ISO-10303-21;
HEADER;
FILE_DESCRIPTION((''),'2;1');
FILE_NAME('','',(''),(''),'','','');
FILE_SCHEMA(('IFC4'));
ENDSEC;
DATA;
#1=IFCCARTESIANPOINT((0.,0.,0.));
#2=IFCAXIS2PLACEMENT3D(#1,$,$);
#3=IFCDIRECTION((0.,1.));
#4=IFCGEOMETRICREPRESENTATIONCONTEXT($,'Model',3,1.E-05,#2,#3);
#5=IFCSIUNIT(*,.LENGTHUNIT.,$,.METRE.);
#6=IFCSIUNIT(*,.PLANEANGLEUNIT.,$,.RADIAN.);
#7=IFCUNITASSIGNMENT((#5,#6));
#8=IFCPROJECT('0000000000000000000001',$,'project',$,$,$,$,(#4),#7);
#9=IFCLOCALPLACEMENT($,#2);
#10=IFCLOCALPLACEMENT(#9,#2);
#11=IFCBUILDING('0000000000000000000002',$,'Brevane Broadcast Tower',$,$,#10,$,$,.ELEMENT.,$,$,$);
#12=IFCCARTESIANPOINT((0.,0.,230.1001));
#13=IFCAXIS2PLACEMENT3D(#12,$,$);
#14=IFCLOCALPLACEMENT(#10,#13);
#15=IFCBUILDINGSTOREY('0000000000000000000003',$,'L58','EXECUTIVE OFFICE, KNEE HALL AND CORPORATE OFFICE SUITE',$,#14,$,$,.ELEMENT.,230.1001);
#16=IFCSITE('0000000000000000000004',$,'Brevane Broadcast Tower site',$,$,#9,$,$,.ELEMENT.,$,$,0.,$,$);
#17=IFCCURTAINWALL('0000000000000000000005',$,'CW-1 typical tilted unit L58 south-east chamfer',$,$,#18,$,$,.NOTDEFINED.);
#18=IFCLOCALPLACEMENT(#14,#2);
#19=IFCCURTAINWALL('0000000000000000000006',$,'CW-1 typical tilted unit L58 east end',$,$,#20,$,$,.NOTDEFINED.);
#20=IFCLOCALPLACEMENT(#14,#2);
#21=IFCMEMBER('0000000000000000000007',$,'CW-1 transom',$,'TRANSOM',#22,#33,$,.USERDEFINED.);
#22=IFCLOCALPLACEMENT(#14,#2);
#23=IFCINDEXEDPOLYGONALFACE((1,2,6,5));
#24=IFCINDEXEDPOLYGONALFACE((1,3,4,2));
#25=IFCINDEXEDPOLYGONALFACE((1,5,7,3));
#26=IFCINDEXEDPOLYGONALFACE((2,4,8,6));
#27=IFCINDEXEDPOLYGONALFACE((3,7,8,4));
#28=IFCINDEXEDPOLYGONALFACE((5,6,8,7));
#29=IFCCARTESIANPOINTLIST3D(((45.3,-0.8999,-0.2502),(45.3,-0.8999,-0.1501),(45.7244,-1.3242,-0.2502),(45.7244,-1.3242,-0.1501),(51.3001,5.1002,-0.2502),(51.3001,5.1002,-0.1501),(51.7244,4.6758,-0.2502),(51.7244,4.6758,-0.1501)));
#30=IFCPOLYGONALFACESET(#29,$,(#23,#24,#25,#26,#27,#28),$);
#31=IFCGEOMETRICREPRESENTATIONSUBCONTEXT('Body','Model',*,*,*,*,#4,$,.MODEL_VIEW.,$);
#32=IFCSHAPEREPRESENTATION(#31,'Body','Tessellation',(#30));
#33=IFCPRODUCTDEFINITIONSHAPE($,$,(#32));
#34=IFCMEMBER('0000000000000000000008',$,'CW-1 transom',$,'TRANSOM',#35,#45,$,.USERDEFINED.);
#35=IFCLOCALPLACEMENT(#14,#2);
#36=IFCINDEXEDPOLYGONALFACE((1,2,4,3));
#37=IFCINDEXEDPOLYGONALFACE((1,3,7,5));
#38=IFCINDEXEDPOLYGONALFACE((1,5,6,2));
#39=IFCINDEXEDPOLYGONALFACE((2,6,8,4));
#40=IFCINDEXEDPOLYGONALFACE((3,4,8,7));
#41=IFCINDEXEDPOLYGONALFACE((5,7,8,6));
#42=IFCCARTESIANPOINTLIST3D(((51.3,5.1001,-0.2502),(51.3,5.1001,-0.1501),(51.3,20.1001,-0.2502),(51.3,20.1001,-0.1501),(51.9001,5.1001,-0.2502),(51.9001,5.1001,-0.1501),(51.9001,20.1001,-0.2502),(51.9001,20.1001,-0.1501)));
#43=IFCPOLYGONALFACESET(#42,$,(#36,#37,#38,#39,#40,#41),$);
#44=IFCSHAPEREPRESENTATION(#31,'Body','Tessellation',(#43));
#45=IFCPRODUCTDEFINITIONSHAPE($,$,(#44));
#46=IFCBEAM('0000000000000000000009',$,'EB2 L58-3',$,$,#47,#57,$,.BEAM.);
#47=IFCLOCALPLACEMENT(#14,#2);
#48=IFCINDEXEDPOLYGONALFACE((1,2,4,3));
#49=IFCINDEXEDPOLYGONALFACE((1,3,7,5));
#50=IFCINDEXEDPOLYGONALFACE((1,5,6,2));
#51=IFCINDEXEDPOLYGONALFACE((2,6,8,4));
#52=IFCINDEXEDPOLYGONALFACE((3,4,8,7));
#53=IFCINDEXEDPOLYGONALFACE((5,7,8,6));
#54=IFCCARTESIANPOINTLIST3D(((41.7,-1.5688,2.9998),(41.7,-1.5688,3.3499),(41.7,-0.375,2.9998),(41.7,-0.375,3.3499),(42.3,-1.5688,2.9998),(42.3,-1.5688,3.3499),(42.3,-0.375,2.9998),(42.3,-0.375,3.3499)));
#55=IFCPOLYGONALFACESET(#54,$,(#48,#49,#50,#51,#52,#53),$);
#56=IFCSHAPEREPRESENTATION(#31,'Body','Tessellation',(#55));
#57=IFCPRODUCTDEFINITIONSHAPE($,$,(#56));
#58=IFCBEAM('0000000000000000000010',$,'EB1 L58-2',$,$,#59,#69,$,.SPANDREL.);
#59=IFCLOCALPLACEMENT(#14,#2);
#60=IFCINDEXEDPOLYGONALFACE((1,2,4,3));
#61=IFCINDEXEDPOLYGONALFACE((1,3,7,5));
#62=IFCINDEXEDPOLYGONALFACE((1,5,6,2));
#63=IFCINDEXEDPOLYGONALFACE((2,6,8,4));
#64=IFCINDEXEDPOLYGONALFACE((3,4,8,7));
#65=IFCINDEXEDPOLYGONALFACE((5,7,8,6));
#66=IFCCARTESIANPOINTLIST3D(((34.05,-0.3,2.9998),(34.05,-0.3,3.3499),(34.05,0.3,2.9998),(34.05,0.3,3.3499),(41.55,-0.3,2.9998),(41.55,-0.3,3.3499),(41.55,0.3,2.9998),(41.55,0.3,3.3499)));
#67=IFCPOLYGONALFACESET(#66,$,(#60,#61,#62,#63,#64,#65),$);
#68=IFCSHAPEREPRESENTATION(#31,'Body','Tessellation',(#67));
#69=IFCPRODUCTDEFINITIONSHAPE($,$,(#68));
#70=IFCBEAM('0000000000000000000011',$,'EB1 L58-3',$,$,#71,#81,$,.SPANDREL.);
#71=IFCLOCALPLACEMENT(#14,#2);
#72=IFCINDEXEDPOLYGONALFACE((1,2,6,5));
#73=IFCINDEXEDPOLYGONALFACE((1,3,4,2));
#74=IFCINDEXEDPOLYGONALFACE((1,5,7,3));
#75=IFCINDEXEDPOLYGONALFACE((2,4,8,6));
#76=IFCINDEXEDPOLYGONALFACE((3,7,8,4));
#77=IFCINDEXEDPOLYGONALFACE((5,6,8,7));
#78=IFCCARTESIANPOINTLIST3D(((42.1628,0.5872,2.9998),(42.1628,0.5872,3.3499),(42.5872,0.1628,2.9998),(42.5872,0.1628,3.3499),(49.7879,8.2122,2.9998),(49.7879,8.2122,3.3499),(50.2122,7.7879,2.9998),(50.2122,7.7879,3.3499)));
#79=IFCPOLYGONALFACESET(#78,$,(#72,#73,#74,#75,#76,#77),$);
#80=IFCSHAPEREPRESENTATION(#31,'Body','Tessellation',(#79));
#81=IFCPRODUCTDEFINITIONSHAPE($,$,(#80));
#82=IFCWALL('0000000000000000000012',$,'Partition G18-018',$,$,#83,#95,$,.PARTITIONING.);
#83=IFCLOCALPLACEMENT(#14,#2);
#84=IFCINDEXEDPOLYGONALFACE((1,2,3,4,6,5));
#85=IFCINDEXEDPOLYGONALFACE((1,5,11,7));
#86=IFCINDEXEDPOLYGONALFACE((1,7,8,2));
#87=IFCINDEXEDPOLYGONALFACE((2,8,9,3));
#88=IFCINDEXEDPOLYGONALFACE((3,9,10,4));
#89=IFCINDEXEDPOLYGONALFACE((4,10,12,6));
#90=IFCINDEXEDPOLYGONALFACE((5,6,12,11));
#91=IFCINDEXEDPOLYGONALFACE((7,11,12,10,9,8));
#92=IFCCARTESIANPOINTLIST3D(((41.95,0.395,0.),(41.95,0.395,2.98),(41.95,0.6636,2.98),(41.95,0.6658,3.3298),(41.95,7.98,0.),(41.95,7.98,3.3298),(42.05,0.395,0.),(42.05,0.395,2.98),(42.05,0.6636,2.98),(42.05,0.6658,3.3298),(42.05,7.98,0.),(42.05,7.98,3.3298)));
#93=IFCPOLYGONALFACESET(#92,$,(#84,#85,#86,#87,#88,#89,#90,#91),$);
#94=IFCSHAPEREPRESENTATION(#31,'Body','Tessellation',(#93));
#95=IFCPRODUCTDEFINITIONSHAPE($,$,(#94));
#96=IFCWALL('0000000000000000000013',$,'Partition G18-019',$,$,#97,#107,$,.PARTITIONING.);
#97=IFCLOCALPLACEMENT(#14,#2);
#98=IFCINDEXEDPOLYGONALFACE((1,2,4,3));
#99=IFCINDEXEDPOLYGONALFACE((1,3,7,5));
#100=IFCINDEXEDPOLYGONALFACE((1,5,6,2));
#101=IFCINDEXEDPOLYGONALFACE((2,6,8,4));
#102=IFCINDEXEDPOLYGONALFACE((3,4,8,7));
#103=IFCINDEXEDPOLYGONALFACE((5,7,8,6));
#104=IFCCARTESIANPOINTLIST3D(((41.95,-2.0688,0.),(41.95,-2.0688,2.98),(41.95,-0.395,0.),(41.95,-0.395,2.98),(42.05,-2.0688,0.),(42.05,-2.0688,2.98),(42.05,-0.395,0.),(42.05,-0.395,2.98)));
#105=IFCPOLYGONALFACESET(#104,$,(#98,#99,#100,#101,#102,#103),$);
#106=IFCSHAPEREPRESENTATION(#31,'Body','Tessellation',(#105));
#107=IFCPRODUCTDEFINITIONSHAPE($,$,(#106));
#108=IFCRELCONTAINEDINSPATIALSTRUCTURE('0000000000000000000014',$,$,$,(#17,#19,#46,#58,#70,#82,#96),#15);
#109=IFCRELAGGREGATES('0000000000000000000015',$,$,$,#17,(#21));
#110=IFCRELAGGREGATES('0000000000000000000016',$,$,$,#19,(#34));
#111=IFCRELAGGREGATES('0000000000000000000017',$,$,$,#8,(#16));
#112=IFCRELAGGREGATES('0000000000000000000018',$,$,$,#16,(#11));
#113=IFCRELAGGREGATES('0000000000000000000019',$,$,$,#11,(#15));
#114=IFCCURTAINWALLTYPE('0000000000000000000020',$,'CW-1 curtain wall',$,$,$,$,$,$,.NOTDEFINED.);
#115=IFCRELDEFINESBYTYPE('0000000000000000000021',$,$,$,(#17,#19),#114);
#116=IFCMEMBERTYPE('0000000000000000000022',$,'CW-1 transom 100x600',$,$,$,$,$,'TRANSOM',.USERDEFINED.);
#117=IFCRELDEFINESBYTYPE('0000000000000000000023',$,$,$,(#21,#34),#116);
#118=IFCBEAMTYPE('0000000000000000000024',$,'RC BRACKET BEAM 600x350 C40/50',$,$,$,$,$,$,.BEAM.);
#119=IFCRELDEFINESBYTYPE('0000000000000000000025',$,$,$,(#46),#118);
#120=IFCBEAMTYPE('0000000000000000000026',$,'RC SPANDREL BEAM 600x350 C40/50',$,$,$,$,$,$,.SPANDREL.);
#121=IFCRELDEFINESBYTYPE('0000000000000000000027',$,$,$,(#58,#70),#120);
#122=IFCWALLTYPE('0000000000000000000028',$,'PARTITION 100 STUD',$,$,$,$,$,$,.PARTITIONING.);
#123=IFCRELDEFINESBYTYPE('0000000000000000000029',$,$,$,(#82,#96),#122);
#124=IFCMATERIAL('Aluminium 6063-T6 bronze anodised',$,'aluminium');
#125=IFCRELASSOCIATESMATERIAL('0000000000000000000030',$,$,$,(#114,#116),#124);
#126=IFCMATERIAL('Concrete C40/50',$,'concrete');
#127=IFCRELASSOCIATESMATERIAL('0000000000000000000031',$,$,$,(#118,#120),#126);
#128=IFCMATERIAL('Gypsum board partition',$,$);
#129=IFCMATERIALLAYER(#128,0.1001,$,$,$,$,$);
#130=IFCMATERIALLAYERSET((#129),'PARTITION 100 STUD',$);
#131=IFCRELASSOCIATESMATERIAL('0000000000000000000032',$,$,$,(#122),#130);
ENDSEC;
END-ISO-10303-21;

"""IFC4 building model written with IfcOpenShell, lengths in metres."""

from ifc_helpers import new_model, si_unit, direction, frame, frame_2d, origin, origin_2d, place, context, subcontext, project, spatial, polyline, rectangle, outline, extrude, material, layer, layer_set, material_profile, profile_set, type_object, element, aggregate, save


model = new_model("IFC4")

# Units and contexts
model_context = context("Model", 3, precision=1e-05, world=origin(), true_north=direction((0.0, 1.0)))
body_context = subcontext(model_context, "Body", "Model", "MODEL_VIEW")
ifc_project = project(units=[si_unit("LENGTHUNIT", "METRE"), si_unit("PLANEANGLEUNIT", "RADIAN")], contexts=[model_context])

# Site, building, storey
site_placement = place(None, origin())
site = spatial("IfcSite", under=ifc_project, at=site_placement, Name="Brevane Broadcast Tower site", CompositionType="ELEMENT", RefElevation=0.0)
building_placement = place(site_placement, origin())
building = spatial("IfcBuilding", under=site, at=building_placement, Name="Brevane Broadcast Tower", CompositionType="ELEMENT")
storey_placement = place(building_placement, frame((0.0, 0.0, 230.1001)))
storey = spatial("IfcBuildingStorey", under=building, at=storey_placement, Name="L58", Description="EXECUTIVE OFFICE, KNEE HALL AND CORPORATE OFFICE SUITE", CompositionType="ELEMENT", Elevation=230.1001)

# Curtain wall
ifc_material_1 = material(Name="Aluminium 6063-T6 bronze anodised", Category="aluminium")
curtain_wall_type = type_object("IfcCurtainWallType", Name="CW-1 curtain wall", PredefinedType="NOTDEFINED", material=ifc_material_1)
curtain_wall_1_placement = place(storey_placement, origin())
curtain_wall_1 = element("IfcCurtainWall", 1, at=curtain_wall_1_placement, inside=storey, type_object=curtain_wall_type, Name="CW-1 typical tilted unit L58 south-east chamfer", PredefinedType="NOTDEFINED")

# Curtain wall
curtain_wall_2_placement = place(storey_placement, origin())
curtain_wall_2 = element("IfcCurtainWall", 2, at=curtain_wall_2_placement, inside=storey, type_object=curtain_wall_type, Name="CW-1 typical tilted unit L58 east end", PredefinedType="NOTDEFINED")

# Members
ifc_material_profile_1 = material_profile(ifc_material_1, rectangle(XDim=0.6001, YDim=0.1001, at=origin_2d()), Name="RECT 100x600")
ifc_profile_set_1 = profile_set([ifc_material_profile_1], Name="Aluminium 6063-T6 bronze anodised")
member_type_1 = type_object("IfcMemberType", Name="CW-1 transom 100x600", ElementType="TRANSOM", PredefinedType="USERDEFINED", material=ifc_profile_set_1)
member_1_placement = place(storey_placement, frame((45.5122, -1.1121, -0.2002), z_axis=(0.707107, 0.707107, 0.0), x_axis=(-0.707107, 0.707107, 0.0)))
member_1 = element("IfcMember", 3, at=member_1_placement, type_object=member_type_1, Name="CW-1 transom", ObjectType="TRANSOM", PredefinedType="USERDEFINED", context=body_context, shape_type="SweptSolid", body=[
    extrude(rectangle(XDim=0.6001, YDim=0.1001, at=origin_2d()), origin(), (0.0, 0.0, 1.0), 8.4854),
])
aggregate(curtain_wall_1, [member_1])
member_2_placement = place(storey_placement, frame((51.6001, 5.1001, -0.2002), z_axis=(0.0, 1.0, 0.0), x_axis=(-1.0, 0.0, 0.0)))
member_2 = element("IfcMember", 4, at=member_2_placement, type_object=member_type_1, Name="CW-1 transom", ObjectType="TRANSOM", PredefinedType="USERDEFINED", context=body_context, shape_type="SweptSolid", body=[
    extrude(rectangle(XDim=0.6001, YDim=0.1001, at=origin_2d()), origin(), (0.0, 0.0, 1.0), 15.0),
])
aggregate(curtain_wall_2, [member_2])

# Beams
ifc_material_2 = material(Name="Concrete C40/50", Category="concrete")
ifc_material_profile_2 = material_profile(ifc_material_2, rectangle(XDim=0.6001, YDim=0.3501, at=origin_2d()), Name="RC 600x350")
ifc_profile_set_2 = profile_set([ifc_material_profile_2], Name="Concrete C40/50")
beam_type_1 = type_object("IfcBeamType", Name="RC BRACKET BEAM 600x350 C40/50", PredefinedType="BEAM", material=ifc_profile_set_2)
beam_1_placement = place(storey_placement, frame((42.0, -0.375, 3.1748), z_axis=(0.0, -1.0, 0.0), x_axis=(1.0, 0.0, 0.0)))
element("IfcBeam", 5, at=beam_1_placement, inside=storey, type_object=beam_type_1, Name="EB2 L58-3", PredefinedType="BEAM", context=body_context, shape_type="SweptSolid", body=[
    extrude(rectangle(XDim=0.6001, YDim=0.3501, at=origin_2d()), origin(), (0.0, 0.0, 1.0), 1.1938),
])
ifc_material_profile_3 = material_profile(ifc_material_2, rectangle(XDim=0.6001, YDim=0.3501, at=origin_2d()), Name="RC 600x350")
ifc_profile_set_3 = profile_set([ifc_material_profile_3], Name="Concrete C40/50")
beam_type_2 = type_object("IfcBeamType", Name="RC SPANDREL BEAM 600x350 C40/50", PredefinedType="SPANDREL", material=ifc_profile_set_3)
beam_2_placement = place(storey_placement, frame((34.05, 0.0, 3.1748), z_axis=(1.0, 0.0, 0.0), x_axis=(0.0, 1.0, 0.0)))
element("IfcBeam", 6, at=beam_2_placement, inside=storey, type_object=beam_type_2, Name="EB1 L58-2", PredefinedType="SPANDREL", context=body_context, shape_type="SweptSolid", body=[
    extrude(rectangle(XDim=0.6001, YDim=0.3501, at=origin_2d()), origin(), (0.0, 0.0, 1.0), 7.5),
])
beam_3_placement = place(storey_placement, frame((42.375, 0.375, 3.1748), z_axis=(0.707107, 0.707107, 0.0), x_axis=(-0.707107, 0.707107, 0.0)))
element("IfcBeam", 7, at=beam_3_placement, inside=storey, type_object=beam_type_2, Name="EB1 L58-3", PredefinedType="SPANDREL", context=body_context, shape_type="SweptSolid", body=[
    extrude(rectangle(XDim=0.6001, YDim=0.3501, at=origin_2d()), origin(), (0.0, 0.0, 1.0), 10.7834),
])

# Walls
ifc_material_3 = material(Name="Gypsum board partition")
ifc_layer = layer(ifc_material_3, 0.1001)
ifc_layer_set = layer_set([ifc_layer], Name="PARTITION 100 STUD")
wall_type = type_object("IfcWallType", Name="PARTITION 100 STUD", PredefinedType="PARTITIONING", material=ifc_layer_set)
wall_1_placement = place(storey_placement, frame((42.0, 7.98, 0.0), z_axis=(0.0, 0.0, 1.0), x_axis=(0.0, -1.0, 0.0)))
element("IfcWall", 8, at=wall_1_placement, inside=storey, type_object=wall_type, Name="Partition G18-018", PredefinedType="PARTITIONING", context=body_context, shape_type="SweptSolid", body=[
    extrude(outline(polyline([(0.0, 0.0), (7.585, 0.0), (7.585, 2.98), (7.3164, 2.98), (7.3142, 3.3298), (0.0, 3.3298), (0.0, 0.0)])), frame((0.0, 0.05, 0.0), z_axis=(0.0, -1.0, 0.0), x_axis=(1.0, 0.0, 0.0)), (0.0, 0.0, 1.0), 0.1001),
])
wall_2_placement = place(storey_placement, frame((42.0, -0.395, 0.0), z_axis=(0.0, 0.0, 1.0), x_axis=(0.0, -1.0, 0.0)))
element("IfcWall", 9, at=wall_2_placement, inside=storey, type_object=wall_type, Name="Partition G18-019", PredefinedType="PARTITIONING", context=body_context, shape_type="SweptSolid", body=[
    extrude(rectangle(XDim=1.6738, YDim=0.1001, at=frame_2d((0.8369, 0.0))), origin(), (0.0, 0.0, 1.0), 2.98),
])

save(model, "model.ifc")
